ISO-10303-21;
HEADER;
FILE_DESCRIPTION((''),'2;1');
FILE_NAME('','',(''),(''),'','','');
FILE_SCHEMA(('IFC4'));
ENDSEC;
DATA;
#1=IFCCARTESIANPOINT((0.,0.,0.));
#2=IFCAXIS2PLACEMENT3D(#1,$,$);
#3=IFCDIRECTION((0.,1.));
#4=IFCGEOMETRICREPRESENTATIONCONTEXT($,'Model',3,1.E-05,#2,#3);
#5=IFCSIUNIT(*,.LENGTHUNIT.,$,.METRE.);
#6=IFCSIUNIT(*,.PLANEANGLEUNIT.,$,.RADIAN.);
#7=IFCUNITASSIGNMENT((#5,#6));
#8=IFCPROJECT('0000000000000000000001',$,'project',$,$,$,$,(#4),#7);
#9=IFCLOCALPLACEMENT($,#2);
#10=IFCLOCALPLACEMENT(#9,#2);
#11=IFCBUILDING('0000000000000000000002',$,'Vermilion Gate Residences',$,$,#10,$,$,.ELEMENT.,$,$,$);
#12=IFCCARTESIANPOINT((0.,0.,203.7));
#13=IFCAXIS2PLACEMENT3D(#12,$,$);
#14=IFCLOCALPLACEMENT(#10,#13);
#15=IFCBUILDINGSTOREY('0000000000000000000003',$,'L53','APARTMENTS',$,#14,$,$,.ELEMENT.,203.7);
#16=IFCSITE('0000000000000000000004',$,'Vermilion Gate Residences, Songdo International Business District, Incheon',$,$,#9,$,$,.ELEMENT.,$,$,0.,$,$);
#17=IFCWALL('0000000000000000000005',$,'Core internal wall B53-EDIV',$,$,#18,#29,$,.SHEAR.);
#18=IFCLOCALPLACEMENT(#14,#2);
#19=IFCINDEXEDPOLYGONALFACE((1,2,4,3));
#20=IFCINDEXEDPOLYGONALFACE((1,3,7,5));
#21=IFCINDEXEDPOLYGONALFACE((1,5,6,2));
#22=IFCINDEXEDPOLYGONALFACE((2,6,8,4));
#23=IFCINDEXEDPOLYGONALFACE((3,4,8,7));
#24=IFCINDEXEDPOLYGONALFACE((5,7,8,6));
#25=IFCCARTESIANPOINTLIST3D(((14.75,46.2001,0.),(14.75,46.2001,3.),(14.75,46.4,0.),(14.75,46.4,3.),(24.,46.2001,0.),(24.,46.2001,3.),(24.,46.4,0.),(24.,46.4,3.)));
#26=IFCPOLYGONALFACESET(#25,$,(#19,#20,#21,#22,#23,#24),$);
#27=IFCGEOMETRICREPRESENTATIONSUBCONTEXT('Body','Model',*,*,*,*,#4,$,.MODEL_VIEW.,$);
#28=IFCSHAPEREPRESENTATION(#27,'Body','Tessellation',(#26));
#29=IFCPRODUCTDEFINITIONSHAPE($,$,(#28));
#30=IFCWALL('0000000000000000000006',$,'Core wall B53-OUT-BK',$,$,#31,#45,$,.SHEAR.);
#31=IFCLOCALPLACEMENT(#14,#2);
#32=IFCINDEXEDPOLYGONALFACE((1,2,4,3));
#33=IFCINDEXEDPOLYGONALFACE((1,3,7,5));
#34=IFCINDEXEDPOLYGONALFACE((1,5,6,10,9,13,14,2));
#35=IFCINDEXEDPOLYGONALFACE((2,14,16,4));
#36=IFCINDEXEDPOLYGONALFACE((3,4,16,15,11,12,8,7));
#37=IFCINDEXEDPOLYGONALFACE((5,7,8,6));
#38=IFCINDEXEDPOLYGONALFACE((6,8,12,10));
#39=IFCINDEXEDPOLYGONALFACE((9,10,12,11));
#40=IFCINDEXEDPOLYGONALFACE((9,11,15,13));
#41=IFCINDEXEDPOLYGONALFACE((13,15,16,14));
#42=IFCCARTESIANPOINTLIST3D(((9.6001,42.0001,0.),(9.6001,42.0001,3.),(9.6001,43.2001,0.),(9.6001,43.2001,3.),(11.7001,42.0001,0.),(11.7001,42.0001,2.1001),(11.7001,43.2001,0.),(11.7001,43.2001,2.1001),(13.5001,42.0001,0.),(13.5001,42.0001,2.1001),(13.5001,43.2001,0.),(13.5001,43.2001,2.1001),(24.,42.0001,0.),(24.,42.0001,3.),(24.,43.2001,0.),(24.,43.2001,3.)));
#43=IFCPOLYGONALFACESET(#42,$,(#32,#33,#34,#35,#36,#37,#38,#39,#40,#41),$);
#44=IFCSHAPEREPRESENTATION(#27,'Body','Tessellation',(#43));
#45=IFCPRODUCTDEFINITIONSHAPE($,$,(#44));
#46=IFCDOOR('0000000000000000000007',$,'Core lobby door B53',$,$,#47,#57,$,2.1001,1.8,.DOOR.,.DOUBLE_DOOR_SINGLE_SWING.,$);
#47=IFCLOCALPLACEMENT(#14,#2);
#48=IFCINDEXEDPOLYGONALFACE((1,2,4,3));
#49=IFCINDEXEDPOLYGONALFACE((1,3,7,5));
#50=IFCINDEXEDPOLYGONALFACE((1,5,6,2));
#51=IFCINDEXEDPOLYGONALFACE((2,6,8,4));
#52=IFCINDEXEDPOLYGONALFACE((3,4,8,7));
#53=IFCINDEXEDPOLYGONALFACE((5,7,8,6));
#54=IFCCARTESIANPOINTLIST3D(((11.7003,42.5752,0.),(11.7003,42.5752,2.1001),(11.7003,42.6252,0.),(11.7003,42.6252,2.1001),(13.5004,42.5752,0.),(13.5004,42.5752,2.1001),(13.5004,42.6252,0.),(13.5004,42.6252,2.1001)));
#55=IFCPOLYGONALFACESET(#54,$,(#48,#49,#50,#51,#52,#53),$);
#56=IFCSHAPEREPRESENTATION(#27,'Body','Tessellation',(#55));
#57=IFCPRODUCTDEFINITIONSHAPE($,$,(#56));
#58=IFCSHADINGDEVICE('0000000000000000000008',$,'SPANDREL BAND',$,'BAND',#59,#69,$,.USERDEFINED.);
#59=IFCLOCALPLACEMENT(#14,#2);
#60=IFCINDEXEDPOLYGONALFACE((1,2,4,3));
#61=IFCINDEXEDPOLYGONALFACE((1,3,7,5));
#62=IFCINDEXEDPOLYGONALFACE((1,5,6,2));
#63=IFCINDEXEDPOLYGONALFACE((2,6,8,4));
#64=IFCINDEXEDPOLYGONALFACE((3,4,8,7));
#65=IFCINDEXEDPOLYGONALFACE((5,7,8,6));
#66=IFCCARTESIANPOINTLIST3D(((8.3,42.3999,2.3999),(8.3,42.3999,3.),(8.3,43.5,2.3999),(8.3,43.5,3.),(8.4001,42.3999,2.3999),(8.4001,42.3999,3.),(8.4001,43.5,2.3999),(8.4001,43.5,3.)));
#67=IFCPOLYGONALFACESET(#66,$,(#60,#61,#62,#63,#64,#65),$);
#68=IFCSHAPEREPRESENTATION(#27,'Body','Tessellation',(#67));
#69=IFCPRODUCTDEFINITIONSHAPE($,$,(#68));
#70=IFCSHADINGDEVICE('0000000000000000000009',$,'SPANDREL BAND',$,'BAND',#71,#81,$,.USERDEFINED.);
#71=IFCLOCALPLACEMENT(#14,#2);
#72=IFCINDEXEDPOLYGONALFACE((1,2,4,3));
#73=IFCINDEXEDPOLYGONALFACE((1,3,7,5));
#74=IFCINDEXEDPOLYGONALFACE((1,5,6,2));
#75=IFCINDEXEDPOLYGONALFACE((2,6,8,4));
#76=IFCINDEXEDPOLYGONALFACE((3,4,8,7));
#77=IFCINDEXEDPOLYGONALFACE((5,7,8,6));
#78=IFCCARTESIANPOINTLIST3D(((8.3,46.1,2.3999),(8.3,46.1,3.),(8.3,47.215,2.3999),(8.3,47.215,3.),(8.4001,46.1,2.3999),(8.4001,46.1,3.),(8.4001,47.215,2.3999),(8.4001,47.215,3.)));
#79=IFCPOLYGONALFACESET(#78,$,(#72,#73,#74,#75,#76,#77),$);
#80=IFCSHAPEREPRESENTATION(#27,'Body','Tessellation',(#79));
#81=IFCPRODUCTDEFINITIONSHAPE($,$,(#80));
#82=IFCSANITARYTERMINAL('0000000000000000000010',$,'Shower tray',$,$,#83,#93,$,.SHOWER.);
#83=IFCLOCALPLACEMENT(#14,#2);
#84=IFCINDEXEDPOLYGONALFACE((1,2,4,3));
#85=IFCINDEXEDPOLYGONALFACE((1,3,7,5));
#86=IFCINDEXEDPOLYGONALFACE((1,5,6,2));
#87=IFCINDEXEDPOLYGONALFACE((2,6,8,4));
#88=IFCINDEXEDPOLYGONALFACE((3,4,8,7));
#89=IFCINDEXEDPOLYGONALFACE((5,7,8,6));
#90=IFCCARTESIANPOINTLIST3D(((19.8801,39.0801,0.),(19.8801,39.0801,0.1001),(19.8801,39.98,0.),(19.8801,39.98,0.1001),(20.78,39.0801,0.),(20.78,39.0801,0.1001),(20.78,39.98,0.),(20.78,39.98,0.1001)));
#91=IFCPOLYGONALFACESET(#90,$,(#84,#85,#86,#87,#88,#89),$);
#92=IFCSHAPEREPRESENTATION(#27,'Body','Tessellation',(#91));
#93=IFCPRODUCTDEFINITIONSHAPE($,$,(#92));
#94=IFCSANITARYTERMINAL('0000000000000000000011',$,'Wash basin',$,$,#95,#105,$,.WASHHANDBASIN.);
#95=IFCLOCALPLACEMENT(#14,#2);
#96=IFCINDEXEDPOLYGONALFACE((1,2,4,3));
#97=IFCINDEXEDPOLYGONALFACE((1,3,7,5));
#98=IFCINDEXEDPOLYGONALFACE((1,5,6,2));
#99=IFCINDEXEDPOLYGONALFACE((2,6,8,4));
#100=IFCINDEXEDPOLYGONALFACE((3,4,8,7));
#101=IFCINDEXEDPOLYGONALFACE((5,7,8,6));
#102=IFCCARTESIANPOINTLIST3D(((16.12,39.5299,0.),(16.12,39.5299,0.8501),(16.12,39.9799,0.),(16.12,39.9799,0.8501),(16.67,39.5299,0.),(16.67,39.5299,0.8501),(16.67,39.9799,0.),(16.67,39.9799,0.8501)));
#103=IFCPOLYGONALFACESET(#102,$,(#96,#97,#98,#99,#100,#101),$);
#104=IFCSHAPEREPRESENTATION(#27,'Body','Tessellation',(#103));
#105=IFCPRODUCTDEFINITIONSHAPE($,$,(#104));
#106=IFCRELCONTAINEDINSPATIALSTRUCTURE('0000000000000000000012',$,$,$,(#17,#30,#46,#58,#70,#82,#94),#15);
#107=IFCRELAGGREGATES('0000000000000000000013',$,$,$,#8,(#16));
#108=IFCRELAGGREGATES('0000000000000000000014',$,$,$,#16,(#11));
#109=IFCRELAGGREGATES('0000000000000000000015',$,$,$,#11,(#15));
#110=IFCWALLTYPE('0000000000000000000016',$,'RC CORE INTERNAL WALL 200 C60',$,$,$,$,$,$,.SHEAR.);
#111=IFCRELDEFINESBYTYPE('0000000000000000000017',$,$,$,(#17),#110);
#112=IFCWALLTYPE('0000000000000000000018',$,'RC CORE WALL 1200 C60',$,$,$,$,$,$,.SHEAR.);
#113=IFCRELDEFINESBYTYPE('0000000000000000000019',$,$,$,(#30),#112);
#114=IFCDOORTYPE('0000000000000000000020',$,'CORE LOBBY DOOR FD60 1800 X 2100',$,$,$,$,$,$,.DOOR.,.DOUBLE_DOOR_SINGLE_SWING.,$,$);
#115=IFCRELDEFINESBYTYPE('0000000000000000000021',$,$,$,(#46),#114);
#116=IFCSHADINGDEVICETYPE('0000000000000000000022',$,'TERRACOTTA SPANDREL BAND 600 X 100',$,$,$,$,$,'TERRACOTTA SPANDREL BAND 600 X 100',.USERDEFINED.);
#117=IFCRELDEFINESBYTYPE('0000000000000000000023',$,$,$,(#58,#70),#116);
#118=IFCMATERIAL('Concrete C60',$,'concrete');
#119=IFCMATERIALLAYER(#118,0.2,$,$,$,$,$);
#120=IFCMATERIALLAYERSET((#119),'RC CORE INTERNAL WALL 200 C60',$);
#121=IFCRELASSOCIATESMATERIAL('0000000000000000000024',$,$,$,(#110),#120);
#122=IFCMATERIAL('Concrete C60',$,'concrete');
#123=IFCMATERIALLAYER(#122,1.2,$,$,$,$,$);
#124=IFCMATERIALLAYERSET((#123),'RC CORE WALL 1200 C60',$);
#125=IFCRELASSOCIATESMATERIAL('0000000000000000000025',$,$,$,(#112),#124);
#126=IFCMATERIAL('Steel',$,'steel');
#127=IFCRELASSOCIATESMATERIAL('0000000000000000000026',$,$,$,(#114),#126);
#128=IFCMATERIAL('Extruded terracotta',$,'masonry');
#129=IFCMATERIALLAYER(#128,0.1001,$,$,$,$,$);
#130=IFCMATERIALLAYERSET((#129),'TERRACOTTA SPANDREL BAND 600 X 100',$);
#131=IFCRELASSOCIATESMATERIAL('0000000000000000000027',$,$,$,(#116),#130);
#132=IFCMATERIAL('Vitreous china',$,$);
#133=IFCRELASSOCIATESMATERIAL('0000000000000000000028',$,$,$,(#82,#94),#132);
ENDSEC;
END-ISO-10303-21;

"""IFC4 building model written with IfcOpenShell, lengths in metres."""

from ifc_helpers import new_model, si_unit, direction, frame, frame_2d, origin, origin_2d, place, context, subcontext, project, spatial, rectangle, extrude, material, layer, layer_set, type_object, element, fill, save


model = new_model("IFC4")

# Units and contexts
model_context = context("Model", 3, precision=1e-05, world=origin(), true_north=direction((0.0, 1.0)))
body_context = subcontext(model_context, "Body", "Model", "MODEL_VIEW")
ifc_project = project(units=[si_unit("LENGTHUNIT", "METRE"), si_unit("PLANEANGLEUNIT", "RADIAN")], contexts=[model_context])

# Site, building, storey
site_placement = place(None, origin())
site = spatial("IfcSite", under=ifc_project, at=site_placement, Name="Vermilion Gate Residences, Songdo International Business District, Incheon", CompositionType="ELEMENT", RefElevation=0.0)
building_placement = place(site_placement, origin())
building = spatial("IfcBuilding", under=site, at=building_placement, Name="Vermilion Gate Residences", CompositionType="ELEMENT")
storey_placement = place(building_placement, frame((0.0, 0.0, 203.7)))
storey = spatial("IfcBuildingStorey", under=building, at=storey_placement, Name="L53", Description="APARTMENTS", CompositionType="ELEMENT", Elevation=203.7)

# Wall
ifc_material_1 = material(Name="Concrete C60", Category="concrete")
ifc_layer_1 = layer(ifc_material_1, 0.2)
ifc_layer_set_1 = layer_set([ifc_layer_1], Name="RC CORE INTERNAL WALL 200 C60")
wall_type_1 = type_object("IfcWallType", Name="RC CORE INTERNAL WALL 200 C60", PredefinedType="SHEAR", material=ifc_layer_set_1)
wall_1_placement = place(storey_placement, frame((14.75, 46.3, 0.0), z_axis=(0.0, 0.0, 1.0), x_axis=(1.0, 0.0, 0.0)))
element("IfcWall", 1, at=wall_1_placement, inside=storey, type_object=wall_type_1, Name="Core internal wall B53-EDIV", PredefinedType="SHEAR", context=body_context, shape_type="SweptSolid", body=[
    extrude(rectangle(XDim=9.25, YDim=0.2, at=frame_2d((4.625, 0.0))), origin(), (0.0, 0.0, 1.0), 3.0),
])

# Wall, opening, door
ifc_material_2 = material(Name="Concrete C60", Category="concrete")
ifc_layer_2 = layer(ifc_material_2, 1.2)
ifc_layer_set_2 = layer_set([ifc_layer_2], Name="RC CORE WALL 1200 C60")
wall_type_2 = type_object("IfcWallType", Name="RC CORE WALL 1200 C60", PredefinedType="SHEAR", material=ifc_layer_set_2)
wall_2_placement = place(storey_placement, frame((9.6001, 42.6001, 0.0), z_axis=(0.0, 0.0, 1.0), x_axis=(1.0, 0.0, 0.0)))
wall_2 = element("IfcWall", 2, at=wall_2_placement, inside=storey, type_object=wall_type_2, Name="Core wall B53-OUT-BK", PredefinedType="SHEAR", context=body_context, shape_type="SweptSolid", body=[
    extrude(rectangle(XDim=14.3999, YDim=1.2, at=frame_2d((7.2, 0.0))), origin(), (0.0, 0.0, 1.0), 3.0),
])
opening_1_placement = place(wall_2_placement, frame((2.1001, 0.0, 0.0)))
opening_1 = element("IfcOpeningElement", 3, at=opening_1_placement, cuts=wall_2, PredefinedType="OPENING", context=body_context, shape_type="SweptSolid", body=[
    extrude(rectangle(XDim=1.8, YDim=2.1001, at=frame_2d((0.8999, 1.05))), frame((0.0, 0.6099, 0.0), z_axis=(0.0, -1.0, 0.0), x_axis=(1.0, 0.0, 0.0)), (0.0, 0.0, 1.0), 1.22),
])
ifc_material_3 = material(Name="Steel", Category="steel")
door_type_1 = type_object("IfcDoorType", Name="CORE LOBBY DOOR FD60 1800 X 2100", OperationType="DOUBLE_DOOR_SINGLE_SWING", PredefinedType="DOOR", material=ifc_material_3)
door_1_placement = place(opening_1_placement, frame((1.8, 0.0, 0.0), z_axis=(0.0, 0.0, 1.0), x_axis=(-1.0, 0.0, 0.0)))
door_1 = element("IfcDoor", 4, at=door_1_placement, inside=storey, type_object=door_type_1, Name="Core lobby door B53", OperationType="DOUBLE_DOOR_SINGLE_SWING", OverallHeight=2.1001, OverallWidth=1.8, PredefinedType="DOOR", context=body_context, shape_type="SweptSolid", body=[
    extrude(rectangle(XDim=1.8, YDim=2.1001, at=frame_2d((0.8999, 1.05))), frame((0.0, 0.0249, 0.0), z_axis=(0.0, -1.0, 0.0), x_axis=(1.0, 0.0, 0.0)), (0.0, 0.0, 1.0), 0.05),
])
fill(opening_1, door_1)

# Shading devices
ifc_material_4 = material(Name="Extruded terracotta", Category="masonry")
ifc_layer_3 = layer(ifc_material_4, 0.1001)
ifc_layer_set_3 = layer_set([ifc_layer_3], Name="TERRACOTTA SPANDREL BAND 600 X 100")
shading_device_type = type_object("IfcShadingDeviceType", Name="TERRACOTTA SPANDREL BAND 600 X 100", ElementType="TERRACOTTA SPANDREL BAND 600 X 100", PredefinedType="USERDEFINED", material=ifc_layer_set_3)
shading_device_1_placement = place(storey_placement, frame((8.3501, 42.95, 2.3999), z_axis=(0.0, 0.0, 1.0), x_axis=(0.0, 1.0, 0.0)))
element("IfcShadingDevice", 5, at=shading_device_1_placement, inside=storey, type_object=shading_device_type, Name="SPANDREL BAND", ObjectType="BAND", PredefinedType="USERDEFINED", context=body_context, shape_type="SweptSolid", body=[
    extrude(rectangle(XDim=1.1001, YDim=0.1001, at=origin_2d()), origin(), (0.0, 0.0, 1.0), 0.6001),
])
shading_device_2_placement = place(storey_placement, frame((8.3501, 46.6575, 2.3999), z_axis=(0.0, 0.0, 1.0), x_axis=(0.0, 1.0, 0.0)))
element("IfcShadingDevice", 6, at=shading_device_2_placement, inside=storey, type_object=shading_device_type, Name="SPANDREL BAND", ObjectType="BAND", PredefinedType="USERDEFINED", context=body_context, shape_type="SweptSolid", body=[
    extrude(rectangle(XDim=1.115, YDim=0.1001, at=origin_2d()), origin(), (0.0, 0.0, 1.0), 0.6001),
])

# Sanitary terminals
ifc_material_5 = material(Name="Vitreous china")
sanitary_terminal_1_placement = place(storey_placement, frame((20.3301, 39.53, 0.0), z_axis=(0.0, 0.0, 1.0), x_axis=(1.0, 0.0, 0.0)))
element("IfcSanitaryTerminal", 7, at=sanitary_terminal_1_placement, inside=storey, material=ifc_material_5, Name="Shower tray", PredefinedType="SHOWER", context=body_context, shape_type="SweptSolid", body=[
    extrude(rectangle(XDim=0.8999, YDim=0.8999, at=origin_2d()), origin(), (0.0, 0.0, 1.0), 0.1001),
])
sanitary_terminal_2_placement = place(storey_placement, frame((16.395, 39.7549, 0.0), z_axis=(0.0, 0.0, 1.0), x_axis=(1.0, 0.0, 0.0)))
element("IfcSanitaryTerminal", 8, at=sanitary_terminal_2_placement, inside=storey, material=ifc_material_5, Name="Wash basin", PredefinedType="WASHHANDBASIN", context=body_context, shape_type="SweptSolid", body=[
    extrude(rectangle(XDim=0.55, YDim=0.45, at=origin_2d()), origin(), (0.0, 0.0, 1.0), 0.8501),
])

save(model, "model.ifc")
